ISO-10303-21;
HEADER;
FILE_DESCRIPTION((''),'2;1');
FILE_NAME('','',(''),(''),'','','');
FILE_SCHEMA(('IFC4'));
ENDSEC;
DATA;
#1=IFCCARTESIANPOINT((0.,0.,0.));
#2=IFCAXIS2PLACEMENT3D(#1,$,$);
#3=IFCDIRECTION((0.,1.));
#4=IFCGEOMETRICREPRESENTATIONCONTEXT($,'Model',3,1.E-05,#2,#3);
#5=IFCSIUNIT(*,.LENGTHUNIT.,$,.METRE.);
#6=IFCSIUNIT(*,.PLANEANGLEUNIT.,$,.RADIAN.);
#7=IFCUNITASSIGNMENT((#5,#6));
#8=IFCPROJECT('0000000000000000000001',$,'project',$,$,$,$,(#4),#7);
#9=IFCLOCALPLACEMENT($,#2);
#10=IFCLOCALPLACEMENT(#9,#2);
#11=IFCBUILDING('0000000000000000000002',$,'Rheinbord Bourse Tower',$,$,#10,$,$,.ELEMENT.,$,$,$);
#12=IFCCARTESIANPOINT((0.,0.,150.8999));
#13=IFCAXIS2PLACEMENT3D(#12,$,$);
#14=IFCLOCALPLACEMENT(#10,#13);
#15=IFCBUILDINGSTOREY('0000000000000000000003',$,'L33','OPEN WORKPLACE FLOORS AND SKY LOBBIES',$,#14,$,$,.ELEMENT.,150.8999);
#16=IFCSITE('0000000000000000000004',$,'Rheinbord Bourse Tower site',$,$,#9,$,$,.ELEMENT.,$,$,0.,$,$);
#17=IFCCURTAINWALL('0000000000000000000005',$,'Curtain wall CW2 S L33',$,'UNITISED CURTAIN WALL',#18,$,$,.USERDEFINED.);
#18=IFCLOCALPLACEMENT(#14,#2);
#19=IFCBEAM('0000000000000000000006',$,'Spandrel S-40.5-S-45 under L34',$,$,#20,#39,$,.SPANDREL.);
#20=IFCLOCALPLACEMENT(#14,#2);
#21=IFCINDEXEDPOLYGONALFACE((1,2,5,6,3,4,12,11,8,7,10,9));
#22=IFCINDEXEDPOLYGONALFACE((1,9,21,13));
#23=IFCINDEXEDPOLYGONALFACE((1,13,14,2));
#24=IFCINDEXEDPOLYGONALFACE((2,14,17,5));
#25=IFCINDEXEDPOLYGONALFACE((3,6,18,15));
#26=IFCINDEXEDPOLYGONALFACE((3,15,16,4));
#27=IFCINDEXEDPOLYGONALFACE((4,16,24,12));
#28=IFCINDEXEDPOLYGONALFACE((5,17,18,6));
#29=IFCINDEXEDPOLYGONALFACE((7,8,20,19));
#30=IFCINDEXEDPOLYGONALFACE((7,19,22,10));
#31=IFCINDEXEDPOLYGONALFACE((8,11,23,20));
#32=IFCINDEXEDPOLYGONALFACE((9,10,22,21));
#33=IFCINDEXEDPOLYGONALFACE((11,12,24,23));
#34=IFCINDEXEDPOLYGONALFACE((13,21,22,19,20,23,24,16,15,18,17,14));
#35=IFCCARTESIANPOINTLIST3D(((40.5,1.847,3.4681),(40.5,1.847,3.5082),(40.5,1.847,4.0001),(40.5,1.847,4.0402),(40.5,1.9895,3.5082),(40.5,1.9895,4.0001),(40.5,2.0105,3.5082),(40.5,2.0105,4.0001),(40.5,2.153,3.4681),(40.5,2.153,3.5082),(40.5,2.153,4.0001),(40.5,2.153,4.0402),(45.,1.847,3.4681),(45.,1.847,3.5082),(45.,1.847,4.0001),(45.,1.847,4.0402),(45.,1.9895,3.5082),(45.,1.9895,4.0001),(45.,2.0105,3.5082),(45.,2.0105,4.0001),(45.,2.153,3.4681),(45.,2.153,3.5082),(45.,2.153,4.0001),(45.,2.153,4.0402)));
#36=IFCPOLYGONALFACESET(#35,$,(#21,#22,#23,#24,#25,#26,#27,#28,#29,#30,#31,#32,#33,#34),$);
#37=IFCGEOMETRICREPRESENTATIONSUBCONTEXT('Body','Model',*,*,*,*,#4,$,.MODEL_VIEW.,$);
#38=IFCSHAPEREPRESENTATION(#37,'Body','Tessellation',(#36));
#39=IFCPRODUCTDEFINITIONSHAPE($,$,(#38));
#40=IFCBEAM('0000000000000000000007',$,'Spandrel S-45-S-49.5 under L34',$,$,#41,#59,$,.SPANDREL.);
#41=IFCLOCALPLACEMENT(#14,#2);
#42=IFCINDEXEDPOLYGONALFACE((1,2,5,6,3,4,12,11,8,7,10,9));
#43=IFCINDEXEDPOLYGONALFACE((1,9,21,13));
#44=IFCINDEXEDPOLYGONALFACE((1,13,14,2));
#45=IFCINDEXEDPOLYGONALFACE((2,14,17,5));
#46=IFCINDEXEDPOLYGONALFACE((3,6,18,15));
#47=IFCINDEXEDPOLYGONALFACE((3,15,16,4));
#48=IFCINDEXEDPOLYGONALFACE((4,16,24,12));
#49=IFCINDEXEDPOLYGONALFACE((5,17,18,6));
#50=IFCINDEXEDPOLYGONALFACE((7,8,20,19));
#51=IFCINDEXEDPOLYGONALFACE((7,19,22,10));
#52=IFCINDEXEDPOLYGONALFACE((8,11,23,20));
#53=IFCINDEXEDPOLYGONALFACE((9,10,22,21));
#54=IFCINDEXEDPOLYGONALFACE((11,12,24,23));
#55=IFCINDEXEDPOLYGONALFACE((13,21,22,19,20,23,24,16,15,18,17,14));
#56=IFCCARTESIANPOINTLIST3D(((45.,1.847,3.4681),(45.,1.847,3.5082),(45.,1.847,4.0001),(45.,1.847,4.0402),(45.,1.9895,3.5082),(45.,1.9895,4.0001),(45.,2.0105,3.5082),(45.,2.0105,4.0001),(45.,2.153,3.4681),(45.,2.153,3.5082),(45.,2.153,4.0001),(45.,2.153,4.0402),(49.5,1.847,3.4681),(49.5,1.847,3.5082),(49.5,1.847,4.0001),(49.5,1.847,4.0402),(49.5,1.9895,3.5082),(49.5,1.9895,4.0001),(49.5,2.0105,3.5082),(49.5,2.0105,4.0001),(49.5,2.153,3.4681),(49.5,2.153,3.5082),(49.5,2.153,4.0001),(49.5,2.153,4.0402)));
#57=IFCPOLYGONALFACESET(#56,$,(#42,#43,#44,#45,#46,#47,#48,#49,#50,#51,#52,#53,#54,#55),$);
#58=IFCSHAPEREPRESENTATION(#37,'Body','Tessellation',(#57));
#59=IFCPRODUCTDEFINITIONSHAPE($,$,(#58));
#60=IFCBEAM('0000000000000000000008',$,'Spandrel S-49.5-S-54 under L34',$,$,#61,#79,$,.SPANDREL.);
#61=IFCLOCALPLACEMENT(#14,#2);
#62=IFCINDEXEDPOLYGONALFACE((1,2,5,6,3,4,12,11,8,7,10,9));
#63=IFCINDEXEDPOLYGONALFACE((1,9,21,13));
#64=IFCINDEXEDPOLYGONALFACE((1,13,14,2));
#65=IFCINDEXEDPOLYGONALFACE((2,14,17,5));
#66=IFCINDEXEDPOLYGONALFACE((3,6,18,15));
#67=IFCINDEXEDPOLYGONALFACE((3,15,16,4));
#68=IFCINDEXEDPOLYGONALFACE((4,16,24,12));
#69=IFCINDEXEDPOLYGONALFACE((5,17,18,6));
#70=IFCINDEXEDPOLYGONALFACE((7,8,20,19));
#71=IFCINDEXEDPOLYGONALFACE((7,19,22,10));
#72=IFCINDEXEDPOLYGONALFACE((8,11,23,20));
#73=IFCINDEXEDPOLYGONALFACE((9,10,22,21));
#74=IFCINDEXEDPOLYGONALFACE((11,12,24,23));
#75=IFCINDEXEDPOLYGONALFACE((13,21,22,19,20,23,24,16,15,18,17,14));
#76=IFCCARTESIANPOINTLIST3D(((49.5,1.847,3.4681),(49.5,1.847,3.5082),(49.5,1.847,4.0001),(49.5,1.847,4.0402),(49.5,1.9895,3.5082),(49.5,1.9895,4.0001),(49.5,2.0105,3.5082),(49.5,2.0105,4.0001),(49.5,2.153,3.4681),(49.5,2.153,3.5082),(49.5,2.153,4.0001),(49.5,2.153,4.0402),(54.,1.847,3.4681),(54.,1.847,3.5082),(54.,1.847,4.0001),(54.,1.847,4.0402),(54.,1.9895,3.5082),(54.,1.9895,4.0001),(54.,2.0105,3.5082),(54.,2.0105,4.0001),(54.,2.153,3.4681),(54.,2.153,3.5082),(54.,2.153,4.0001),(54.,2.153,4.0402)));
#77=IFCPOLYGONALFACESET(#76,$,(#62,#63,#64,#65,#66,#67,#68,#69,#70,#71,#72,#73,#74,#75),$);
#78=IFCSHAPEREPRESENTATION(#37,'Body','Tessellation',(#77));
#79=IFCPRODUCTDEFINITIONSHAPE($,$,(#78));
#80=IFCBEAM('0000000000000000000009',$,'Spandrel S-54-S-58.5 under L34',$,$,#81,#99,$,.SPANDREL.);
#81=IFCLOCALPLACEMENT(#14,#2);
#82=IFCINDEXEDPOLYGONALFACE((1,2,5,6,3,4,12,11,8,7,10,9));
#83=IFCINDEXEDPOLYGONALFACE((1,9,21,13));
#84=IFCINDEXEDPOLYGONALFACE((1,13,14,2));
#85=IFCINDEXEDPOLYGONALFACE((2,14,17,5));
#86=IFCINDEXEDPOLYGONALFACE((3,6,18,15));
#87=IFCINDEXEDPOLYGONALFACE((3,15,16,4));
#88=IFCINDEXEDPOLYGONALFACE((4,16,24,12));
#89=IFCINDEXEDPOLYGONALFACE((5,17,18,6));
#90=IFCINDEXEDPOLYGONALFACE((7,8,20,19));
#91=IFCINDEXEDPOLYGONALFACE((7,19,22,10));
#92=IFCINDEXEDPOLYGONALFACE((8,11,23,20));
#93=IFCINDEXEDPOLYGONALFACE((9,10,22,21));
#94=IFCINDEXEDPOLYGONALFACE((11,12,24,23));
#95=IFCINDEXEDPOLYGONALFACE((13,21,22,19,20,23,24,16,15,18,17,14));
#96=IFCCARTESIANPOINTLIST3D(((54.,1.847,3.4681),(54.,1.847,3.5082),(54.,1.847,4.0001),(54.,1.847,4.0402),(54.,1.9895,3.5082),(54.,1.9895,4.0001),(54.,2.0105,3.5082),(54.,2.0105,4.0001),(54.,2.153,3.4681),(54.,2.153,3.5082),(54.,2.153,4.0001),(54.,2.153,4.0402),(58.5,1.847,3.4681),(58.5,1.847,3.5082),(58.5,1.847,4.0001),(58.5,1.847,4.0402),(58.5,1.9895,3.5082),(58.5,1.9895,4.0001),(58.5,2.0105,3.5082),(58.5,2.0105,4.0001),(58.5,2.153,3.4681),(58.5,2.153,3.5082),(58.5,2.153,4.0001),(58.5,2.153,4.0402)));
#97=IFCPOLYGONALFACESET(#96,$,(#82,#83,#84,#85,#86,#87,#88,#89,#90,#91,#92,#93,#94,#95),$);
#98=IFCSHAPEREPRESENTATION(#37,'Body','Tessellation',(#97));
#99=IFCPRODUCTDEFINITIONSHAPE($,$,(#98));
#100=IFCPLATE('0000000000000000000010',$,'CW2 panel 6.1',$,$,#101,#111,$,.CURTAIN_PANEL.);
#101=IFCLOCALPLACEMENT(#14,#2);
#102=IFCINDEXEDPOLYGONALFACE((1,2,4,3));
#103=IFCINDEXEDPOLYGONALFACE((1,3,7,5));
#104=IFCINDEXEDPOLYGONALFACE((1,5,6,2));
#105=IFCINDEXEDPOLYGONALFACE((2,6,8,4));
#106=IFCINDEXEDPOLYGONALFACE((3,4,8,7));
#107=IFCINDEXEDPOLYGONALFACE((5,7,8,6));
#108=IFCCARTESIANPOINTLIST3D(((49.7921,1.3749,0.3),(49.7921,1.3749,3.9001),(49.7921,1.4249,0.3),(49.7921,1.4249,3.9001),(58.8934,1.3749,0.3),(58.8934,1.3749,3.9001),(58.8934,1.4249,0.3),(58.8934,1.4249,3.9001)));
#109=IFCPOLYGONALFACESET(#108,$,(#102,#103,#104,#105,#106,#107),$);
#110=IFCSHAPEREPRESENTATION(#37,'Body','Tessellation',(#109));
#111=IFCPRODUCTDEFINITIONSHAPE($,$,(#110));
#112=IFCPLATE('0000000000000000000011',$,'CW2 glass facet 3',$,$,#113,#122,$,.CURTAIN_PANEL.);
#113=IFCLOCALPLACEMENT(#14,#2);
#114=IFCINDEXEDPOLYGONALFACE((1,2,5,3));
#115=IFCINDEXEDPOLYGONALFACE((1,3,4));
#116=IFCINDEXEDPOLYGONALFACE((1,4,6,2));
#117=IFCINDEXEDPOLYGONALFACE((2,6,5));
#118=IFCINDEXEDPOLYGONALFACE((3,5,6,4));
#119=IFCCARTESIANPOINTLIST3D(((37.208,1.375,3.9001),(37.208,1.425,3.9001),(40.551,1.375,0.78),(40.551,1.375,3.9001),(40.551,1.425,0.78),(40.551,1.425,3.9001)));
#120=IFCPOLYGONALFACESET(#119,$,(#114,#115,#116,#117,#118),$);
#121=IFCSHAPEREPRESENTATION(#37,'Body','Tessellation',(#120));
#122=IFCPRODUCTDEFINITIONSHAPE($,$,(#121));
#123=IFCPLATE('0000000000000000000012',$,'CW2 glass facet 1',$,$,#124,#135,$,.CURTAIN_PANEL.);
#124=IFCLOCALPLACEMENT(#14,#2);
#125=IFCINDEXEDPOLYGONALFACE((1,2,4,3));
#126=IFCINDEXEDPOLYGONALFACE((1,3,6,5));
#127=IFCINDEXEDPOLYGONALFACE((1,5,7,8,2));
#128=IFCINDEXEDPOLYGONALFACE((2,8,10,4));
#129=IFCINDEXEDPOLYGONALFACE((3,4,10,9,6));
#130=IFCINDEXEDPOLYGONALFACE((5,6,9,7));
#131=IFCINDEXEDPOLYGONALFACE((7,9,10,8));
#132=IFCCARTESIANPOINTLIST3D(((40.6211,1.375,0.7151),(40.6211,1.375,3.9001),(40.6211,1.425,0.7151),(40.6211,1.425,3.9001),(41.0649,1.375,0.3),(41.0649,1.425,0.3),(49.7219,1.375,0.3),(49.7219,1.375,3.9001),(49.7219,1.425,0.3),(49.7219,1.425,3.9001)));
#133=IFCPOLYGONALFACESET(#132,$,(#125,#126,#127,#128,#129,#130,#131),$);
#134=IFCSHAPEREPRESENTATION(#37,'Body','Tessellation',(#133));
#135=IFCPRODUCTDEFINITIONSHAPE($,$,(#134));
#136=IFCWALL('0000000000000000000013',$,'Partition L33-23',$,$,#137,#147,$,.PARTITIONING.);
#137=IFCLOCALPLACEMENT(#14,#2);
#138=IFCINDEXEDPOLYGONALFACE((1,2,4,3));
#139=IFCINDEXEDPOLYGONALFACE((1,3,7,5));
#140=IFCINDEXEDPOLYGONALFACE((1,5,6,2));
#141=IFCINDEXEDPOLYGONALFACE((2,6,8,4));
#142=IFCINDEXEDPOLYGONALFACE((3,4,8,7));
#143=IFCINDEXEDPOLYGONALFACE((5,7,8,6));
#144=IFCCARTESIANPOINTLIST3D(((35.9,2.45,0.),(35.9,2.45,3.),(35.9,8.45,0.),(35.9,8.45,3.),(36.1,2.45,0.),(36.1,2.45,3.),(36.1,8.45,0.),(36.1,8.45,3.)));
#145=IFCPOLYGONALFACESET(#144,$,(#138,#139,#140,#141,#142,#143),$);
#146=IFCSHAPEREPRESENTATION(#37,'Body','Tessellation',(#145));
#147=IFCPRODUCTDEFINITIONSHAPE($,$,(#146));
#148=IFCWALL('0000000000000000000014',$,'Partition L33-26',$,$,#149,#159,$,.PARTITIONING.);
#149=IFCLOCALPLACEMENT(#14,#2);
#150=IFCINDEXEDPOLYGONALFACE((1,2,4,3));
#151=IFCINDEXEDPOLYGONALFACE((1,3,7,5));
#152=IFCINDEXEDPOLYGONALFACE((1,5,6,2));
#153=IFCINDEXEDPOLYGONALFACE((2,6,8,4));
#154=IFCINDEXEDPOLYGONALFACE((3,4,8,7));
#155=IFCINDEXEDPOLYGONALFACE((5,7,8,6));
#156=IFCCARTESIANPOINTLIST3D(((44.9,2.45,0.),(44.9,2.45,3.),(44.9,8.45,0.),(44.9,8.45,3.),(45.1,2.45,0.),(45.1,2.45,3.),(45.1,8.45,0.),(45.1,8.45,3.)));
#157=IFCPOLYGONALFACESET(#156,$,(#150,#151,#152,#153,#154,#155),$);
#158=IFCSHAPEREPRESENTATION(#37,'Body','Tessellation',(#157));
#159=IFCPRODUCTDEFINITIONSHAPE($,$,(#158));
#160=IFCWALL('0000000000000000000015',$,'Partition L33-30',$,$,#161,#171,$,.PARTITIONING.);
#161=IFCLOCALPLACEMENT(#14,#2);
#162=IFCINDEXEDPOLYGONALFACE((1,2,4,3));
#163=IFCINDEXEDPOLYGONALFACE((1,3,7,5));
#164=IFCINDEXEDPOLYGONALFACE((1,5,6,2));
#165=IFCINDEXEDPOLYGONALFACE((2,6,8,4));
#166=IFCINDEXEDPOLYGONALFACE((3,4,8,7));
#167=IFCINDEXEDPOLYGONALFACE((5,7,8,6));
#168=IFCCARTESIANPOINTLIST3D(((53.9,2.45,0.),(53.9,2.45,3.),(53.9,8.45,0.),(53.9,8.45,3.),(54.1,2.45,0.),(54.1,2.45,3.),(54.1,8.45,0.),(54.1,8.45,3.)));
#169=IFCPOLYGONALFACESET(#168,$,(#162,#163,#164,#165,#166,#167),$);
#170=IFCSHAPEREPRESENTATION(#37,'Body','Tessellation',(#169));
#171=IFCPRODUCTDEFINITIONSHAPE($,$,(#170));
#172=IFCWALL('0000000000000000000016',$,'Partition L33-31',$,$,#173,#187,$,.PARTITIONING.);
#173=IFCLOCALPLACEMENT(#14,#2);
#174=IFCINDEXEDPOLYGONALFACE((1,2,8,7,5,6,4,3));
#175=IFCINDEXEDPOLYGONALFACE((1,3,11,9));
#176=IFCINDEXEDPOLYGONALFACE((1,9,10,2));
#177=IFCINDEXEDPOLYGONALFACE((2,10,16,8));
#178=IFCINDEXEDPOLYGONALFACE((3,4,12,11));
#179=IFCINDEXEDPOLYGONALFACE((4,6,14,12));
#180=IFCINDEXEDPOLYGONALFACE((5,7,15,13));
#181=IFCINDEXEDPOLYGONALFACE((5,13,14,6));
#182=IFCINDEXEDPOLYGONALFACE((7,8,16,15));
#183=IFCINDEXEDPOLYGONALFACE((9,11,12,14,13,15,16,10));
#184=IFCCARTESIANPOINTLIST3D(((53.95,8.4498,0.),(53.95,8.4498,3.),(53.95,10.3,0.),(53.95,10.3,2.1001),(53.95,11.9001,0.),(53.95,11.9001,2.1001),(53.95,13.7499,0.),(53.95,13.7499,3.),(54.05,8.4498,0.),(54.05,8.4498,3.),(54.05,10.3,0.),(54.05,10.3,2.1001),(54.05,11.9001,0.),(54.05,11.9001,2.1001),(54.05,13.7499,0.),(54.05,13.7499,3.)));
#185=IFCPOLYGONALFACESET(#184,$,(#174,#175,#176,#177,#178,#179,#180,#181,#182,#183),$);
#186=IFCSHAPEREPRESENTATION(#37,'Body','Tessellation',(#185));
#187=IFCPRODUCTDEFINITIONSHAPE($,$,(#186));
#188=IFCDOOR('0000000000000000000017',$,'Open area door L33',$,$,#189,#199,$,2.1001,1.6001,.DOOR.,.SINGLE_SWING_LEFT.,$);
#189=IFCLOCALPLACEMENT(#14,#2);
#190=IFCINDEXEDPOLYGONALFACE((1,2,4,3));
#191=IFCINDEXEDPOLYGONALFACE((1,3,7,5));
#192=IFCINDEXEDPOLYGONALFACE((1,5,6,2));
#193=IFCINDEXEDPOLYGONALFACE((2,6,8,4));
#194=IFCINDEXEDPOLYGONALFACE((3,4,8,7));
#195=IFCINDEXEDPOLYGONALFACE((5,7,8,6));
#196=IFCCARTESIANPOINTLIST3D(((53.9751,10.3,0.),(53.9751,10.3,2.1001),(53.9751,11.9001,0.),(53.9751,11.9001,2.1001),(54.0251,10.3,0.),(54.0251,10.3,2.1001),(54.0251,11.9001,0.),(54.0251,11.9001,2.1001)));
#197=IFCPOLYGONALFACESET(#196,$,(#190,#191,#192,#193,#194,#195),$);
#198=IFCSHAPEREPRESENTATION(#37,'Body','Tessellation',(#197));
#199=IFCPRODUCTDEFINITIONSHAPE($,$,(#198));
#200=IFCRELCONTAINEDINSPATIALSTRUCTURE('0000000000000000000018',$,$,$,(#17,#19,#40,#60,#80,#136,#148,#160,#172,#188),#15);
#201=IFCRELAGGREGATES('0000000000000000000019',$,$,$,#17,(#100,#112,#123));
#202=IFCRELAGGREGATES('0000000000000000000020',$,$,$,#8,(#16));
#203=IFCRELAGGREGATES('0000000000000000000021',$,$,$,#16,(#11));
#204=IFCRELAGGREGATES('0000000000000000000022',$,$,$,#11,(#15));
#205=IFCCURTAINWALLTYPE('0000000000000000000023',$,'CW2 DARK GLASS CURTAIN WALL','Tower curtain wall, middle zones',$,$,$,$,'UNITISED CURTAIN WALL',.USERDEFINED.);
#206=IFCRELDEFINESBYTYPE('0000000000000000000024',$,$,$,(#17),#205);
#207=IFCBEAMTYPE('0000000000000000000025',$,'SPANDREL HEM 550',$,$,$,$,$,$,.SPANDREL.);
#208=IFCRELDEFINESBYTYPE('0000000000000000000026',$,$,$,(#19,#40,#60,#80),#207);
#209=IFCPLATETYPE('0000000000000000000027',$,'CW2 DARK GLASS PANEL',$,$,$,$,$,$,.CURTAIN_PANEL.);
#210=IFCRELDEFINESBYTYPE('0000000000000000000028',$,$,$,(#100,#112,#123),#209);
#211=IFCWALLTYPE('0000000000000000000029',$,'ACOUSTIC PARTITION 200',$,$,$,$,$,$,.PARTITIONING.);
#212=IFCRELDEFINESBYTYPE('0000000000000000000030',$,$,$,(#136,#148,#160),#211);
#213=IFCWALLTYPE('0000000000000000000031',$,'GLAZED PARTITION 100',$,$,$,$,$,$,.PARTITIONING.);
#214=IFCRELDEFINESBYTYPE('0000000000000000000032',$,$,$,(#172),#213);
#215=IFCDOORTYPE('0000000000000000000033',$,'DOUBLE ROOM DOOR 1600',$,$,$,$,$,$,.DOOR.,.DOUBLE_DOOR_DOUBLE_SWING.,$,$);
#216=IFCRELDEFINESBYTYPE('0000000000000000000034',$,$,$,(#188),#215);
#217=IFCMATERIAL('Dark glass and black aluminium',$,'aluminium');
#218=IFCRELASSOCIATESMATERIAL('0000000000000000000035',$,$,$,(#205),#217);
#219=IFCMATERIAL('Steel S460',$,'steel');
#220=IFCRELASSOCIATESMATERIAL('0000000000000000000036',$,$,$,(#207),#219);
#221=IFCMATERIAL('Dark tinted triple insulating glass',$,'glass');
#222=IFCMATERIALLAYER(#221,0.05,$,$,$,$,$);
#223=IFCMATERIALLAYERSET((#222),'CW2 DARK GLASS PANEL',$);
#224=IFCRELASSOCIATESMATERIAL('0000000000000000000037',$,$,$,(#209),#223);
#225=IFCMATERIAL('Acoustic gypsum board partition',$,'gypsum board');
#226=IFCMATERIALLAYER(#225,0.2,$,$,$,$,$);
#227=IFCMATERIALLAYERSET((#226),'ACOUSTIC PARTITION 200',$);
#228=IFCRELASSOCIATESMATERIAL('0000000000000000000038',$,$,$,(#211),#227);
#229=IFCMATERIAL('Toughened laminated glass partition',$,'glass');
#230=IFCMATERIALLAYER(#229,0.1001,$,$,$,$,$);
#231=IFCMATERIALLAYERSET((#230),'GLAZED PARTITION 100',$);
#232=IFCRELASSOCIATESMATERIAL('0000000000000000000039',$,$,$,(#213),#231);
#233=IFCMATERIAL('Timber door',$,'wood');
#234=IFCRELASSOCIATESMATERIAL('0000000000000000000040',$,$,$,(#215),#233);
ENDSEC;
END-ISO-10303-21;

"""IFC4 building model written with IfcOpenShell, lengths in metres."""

from ifc_helpers import new_model, si_unit, direction, frame, frame_2d, origin, origin_2d, place, context, subcontext, project, spatial, polyline, rectangle, i_section, outline, extrude, material, layer, layer_set, material_profile, profile_set, type_object, element, fill, aggregate, save


model = new_model("IFC4")

# Units and contexts
model_context = context("Model", 3, precision=1e-05, world=origin(), true_north=direction((0.0, 1.0)))
body_context = subcontext(model_context, "Body", "Model", "MODEL_VIEW")
ifc_project = project(units=[si_unit("LENGTHUNIT", "METRE"), si_unit("PLANEANGLEUNIT", "RADIAN")], contexts=[model_context])

# Site, building, storey
site_placement = place(None, origin())
site = spatial("IfcSite", under=ifc_project, at=site_placement, Name="Rheinbord Bourse Tower site", CompositionType="ELEMENT", RefElevation=0.0)
building_placement = place(site_placement, origin())
building = spatial("IfcBuilding", under=site, at=building_placement, Name="Rheinbord Bourse Tower", CompositionType="ELEMENT")
storey_placement = place(building_placement, frame((0.0, 0.0, 150.8999)))
storey = spatial("IfcBuildingStorey", under=building, at=storey_placement, Name="L33", Description="OPEN WORKPLACE FLOORS AND SKY LOBBIES", CompositionType="ELEMENT", Elevation=150.8999)

# Curtain wall
ifc_material_1 = material(Name="Dark glass and black aluminium", Category="aluminium")
curtain_wall_type = type_object("IfcCurtainWallType", Name="CW2 DARK GLASS CURTAIN WALL", Description="Tower curtain wall, middle zones", ElementType="UNITISED CURTAIN WALL", PredefinedType="USERDEFINED", material=ifc_material_1)
curtain_wall_placement = place(storey_placement, origin())
curtain_wall = element("IfcCurtainWall", 1, at=curtain_wall_placement, inside=storey, type_object=curtain_wall_type, Name="Curtain wall CW2 S L33", ObjectType="UNITISED CURTAIN WALL", PredefinedType="USERDEFINED")

# Beams
ifc_material_2 = material(Name="Steel S460", Category="steel")
ifc_material_profile_1 = material_profile(ifc_material_2, i_section(OverallWidth=0.3059, OverallDepth=0.572, WebThickness=0.021, FlangeThickness=0.04, at=origin_2d()), Name="HEM 550")
ifc_profile_set_1 = profile_set([ifc_material_profile_1], Name="Steel S460")
beam_type_1 = type_object("IfcBeamType", Name="SPANDREL HEM 550", PredefinedType="SPANDREL", material=ifc_profile_set_1)
for number, where, z_axis, x_axis, name in (
    (2, (40.5, 2.0, 3.7542), (1.0, 0.0, 0.0), (0.0, 1.0, 0.0), "Spandrel S-40.5-S-45 under L34"),
    (3, (45.0, 2.0, 3.7542), (1.0, 0.0, 0.0), (0.0, 1.0, 0.0), "Spandrel S-45-S-49.5 under L34"),
    (4, (49.5, 2.0, 3.7542), (1.0, 0.0, 0.0), (0.0, 1.0, 0.0), "Spandrel S-49.5-S-54 under L34"),
    (5, (54.0, 2.0, 3.7542), (1.0, 0.0, 0.0), (0.0, 1.0, 0.0), "Spandrel S-54-S-58.5 under L34"),
):
    element("IfcBeam", number, at=place(storey_placement, frame(where, z_axis=z_axis, x_axis=x_axis)), inside=storey, type_object=beam_type_1, Name=name, PredefinedType="SPANDREL", context=body_context, shape_type="SweptSolid", body=[
        extrude(i_section(OverallWidth=0.3059, OverallDepth=0.572, WebThickness=0.021, FlangeThickness=0.04, at=origin_2d()), origin(), (0.0, 0.0, 1.0), 4.5),
    ])

# Plates
ifc_material_3 = material(Name="Dark tinted triple insulating glass", Category="glass")
ifc_layer_1 = layer(ifc_material_3, 0.05)
ifc_layer_set_1 = layer_set([ifc_layer_1], Name="CW2 DARK GLASS PANEL")
plate_type = type_object("IfcPlateType", Name="CW2 DARK GLASS PANEL", PredefinedType="CURTAIN_PANEL", material=ifc_layer_set_1)
plate_1_placement = place(storey_placement, frame((54.3428, 1.3999, 0.3), z_axis=(0.0, 0.0, 1.0), x_axis=(1.0, 0.0, 0.0)))
plate_1 = element("IfcPlate", 6, at=plate_1_placement, type_object=plate_type, Name="CW2 panel 6.1", PredefinedType="CURTAIN_PANEL", context=body_context, shape_type="SweptSolid", body=[
    extrude(rectangle(XDim=9.1013, YDim=0.05, at=origin_2d()), origin(), (0.0, 0.0, 1.0), 3.6001),
])
plate_2_placement = place(storey_placement, frame((40.551, 1.375, 3.9001), z_axis=(0.0, 1.0, 0.0), x_axis=(0.0, 0.0, -1.0)))
plate_2 = element("IfcPlate", 7, at=plate_2_placement, type_object=plate_type, Name="CW2 glass facet 3", PredefinedType="CURTAIN_PANEL", context=body_context, shape_type="SweptSolid", body=[
    extrude(outline(polyline([(0.0, 0.0), (3.1201, 0.0), (0.0, 3.343), (0.0, 0.0)])), origin(), (0.0, 0.0, 1.0), 0.05),
])
plate_3_placement = place(storey_placement, frame((40.6211, 1.375, 3.9001), z_axis=(0.0, 1.0, 0.0), x_axis=(1.0, 0.0, 0.0)))
plate_3 = element("IfcPlate", 8, at=plate_3_placement, type_object=plate_type, Name="CW2 glass facet 1", PredefinedType="CURTAIN_PANEL", context=body_context, shape_type="SweptSolid", body=[
    extrude(outline(polyline([(0.0, 0.0), (9.1008, 0.0), (9.1008, 3.6001), (0.4438, 3.6001), (0.0, 3.1851), (0.0, 0.0)])), origin(), (0.0, 0.0, 1.0), 0.05),
])
aggregate(curtain_wall, [plate_1, plate_2, plate_3])

# Walls
ifc_material_4 = material(Name="Acoustic gypsum board partition", Category="gypsum board")
ifc_layer_2 = layer(ifc_material_4, 0.2)
ifc_layer_set_2 = layer_set([ifc_layer_2], Name="ACOUSTIC PARTITION 200")
wall_type_1 = type_object("IfcWallType", Name="ACOUSTIC PARTITION 200", PredefinedType="PARTITIONING", material=ifc_layer_set_2)
for number, where, z_axis, x_axis, name in (
    (9, (36.0, 2.45, 0.0), (0.0, 0.0, 1.0), (0.0, 1.0, 0.0), "Partition L33-23"),
    (10, (45.0, 2.45, 0.0), (0.0, 0.0, 1.0), (0.0, 1.0, 0.0), "Partition L33-26"),
    (11, (54.0, 2.45, 0.0), (0.0, 0.0, 1.0), (0.0, 1.0, 0.0), "Partition L33-30"),
):
    element("IfcWall", number, at=place(storey_placement, frame(where, z_axis=z_axis, x_axis=x_axis)), inside=storey, type_object=wall_type_1, Name=name, PredefinedType="PARTITIONING", context=body_context, shape_type="SweptSolid", body=[
        extrude(rectangle(XDim=6.0, YDim=0.2, at=frame_2d((3.0, 0.0))), origin(), (0.0, 0.0, 1.0), 3.0),
    ])

# Wall, opening, door
ifc_material_5 = material(Name="Toughened laminated glass partition", Category="glass")
ifc_layer_3 = layer(ifc_material_5, 0.1001)
ifc_layer_set_3 = layer_set([ifc_layer_3], Name="GLAZED PARTITION 100")
wall_type_2 = type_object("IfcWallType", Name="GLAZED PARTITION 100", PredefinedType="PARTITIONING", material=ifc_layer_set_3)
wall_placement = place(storey_placement, frame((54.0, 8.45, 0.0), z_axis=(0.0, 0.0, 1.0), x_axis=(0.0, 1.0, 0.0)))
wall = element("IfcWall", 12, at=wall_placement, inside=storey, type_object=wall_type_2, Name="Partition L33-31", PredefinedType="PARTITIONING", context=body_context, shape_type="SweptSolid", body=[
    extrude(rectangle(XDim=5.3, YDim=0.1001, at=frame_2d((2.6499, 0.0))), origin(), (0.0, 0.0, 1.0), 3.0),
])
opening_placement = place(wall_placement, frame((1.8501, 0.0, 0.0)))
opening = element("IfcOpeningElement", 13, at=opening_placement, cuts=wall, PredefinedType="OPENING", context=body_context, shape_type="SweptSolid", body=[
    extrude(rectangle(XDim=1.6001, YDim=2.1001, at=frame_2d((0.8, 1.05))), frame((0.0, 0.0601, 0.0), z_axis=(0.0, -1.0, 0.0), x_axis=(1.0, 0.0, 0.0)), (0.0, 0.0, 1.0), 0.1201),
])
ifc_material_6 = material(Name="Timber door", Category="wood")
door_type = type_object("IfcDoorType", Name="DOUBLE ROOM DOOR 1600", OperationType="DOUBLE_DOOR_DOUBLE_SWING", PredefinedType="DOOR", material=ifc_material_6)
door_placement = place(opening_placement, origin())
door = element("IfcDoor", 14, at=door_placement, inside=storey, type_object=door_type, Name="Open area door L33", OperationType="SINGLE_SWING_LEFT", OverallHeight=2.1001, OverallWidth=1.6001, PredefinedType="DOOR", context=body_context, shape_type="SweptSolid", body=[
    extrude(rectangle(XDim=1.6001, YDim=2.1001, at=frame_2d((0.8, 1.05))), frame((0.0, 0.0249, 0.0), z_axis=(0.0, -1.0, 0.0), x_axis=(1.0, 0.0, 0.0)), (0.0, 0.0, 1.0), 0.05),
])
fill(opening, door)

save(model, "model.ifc")
